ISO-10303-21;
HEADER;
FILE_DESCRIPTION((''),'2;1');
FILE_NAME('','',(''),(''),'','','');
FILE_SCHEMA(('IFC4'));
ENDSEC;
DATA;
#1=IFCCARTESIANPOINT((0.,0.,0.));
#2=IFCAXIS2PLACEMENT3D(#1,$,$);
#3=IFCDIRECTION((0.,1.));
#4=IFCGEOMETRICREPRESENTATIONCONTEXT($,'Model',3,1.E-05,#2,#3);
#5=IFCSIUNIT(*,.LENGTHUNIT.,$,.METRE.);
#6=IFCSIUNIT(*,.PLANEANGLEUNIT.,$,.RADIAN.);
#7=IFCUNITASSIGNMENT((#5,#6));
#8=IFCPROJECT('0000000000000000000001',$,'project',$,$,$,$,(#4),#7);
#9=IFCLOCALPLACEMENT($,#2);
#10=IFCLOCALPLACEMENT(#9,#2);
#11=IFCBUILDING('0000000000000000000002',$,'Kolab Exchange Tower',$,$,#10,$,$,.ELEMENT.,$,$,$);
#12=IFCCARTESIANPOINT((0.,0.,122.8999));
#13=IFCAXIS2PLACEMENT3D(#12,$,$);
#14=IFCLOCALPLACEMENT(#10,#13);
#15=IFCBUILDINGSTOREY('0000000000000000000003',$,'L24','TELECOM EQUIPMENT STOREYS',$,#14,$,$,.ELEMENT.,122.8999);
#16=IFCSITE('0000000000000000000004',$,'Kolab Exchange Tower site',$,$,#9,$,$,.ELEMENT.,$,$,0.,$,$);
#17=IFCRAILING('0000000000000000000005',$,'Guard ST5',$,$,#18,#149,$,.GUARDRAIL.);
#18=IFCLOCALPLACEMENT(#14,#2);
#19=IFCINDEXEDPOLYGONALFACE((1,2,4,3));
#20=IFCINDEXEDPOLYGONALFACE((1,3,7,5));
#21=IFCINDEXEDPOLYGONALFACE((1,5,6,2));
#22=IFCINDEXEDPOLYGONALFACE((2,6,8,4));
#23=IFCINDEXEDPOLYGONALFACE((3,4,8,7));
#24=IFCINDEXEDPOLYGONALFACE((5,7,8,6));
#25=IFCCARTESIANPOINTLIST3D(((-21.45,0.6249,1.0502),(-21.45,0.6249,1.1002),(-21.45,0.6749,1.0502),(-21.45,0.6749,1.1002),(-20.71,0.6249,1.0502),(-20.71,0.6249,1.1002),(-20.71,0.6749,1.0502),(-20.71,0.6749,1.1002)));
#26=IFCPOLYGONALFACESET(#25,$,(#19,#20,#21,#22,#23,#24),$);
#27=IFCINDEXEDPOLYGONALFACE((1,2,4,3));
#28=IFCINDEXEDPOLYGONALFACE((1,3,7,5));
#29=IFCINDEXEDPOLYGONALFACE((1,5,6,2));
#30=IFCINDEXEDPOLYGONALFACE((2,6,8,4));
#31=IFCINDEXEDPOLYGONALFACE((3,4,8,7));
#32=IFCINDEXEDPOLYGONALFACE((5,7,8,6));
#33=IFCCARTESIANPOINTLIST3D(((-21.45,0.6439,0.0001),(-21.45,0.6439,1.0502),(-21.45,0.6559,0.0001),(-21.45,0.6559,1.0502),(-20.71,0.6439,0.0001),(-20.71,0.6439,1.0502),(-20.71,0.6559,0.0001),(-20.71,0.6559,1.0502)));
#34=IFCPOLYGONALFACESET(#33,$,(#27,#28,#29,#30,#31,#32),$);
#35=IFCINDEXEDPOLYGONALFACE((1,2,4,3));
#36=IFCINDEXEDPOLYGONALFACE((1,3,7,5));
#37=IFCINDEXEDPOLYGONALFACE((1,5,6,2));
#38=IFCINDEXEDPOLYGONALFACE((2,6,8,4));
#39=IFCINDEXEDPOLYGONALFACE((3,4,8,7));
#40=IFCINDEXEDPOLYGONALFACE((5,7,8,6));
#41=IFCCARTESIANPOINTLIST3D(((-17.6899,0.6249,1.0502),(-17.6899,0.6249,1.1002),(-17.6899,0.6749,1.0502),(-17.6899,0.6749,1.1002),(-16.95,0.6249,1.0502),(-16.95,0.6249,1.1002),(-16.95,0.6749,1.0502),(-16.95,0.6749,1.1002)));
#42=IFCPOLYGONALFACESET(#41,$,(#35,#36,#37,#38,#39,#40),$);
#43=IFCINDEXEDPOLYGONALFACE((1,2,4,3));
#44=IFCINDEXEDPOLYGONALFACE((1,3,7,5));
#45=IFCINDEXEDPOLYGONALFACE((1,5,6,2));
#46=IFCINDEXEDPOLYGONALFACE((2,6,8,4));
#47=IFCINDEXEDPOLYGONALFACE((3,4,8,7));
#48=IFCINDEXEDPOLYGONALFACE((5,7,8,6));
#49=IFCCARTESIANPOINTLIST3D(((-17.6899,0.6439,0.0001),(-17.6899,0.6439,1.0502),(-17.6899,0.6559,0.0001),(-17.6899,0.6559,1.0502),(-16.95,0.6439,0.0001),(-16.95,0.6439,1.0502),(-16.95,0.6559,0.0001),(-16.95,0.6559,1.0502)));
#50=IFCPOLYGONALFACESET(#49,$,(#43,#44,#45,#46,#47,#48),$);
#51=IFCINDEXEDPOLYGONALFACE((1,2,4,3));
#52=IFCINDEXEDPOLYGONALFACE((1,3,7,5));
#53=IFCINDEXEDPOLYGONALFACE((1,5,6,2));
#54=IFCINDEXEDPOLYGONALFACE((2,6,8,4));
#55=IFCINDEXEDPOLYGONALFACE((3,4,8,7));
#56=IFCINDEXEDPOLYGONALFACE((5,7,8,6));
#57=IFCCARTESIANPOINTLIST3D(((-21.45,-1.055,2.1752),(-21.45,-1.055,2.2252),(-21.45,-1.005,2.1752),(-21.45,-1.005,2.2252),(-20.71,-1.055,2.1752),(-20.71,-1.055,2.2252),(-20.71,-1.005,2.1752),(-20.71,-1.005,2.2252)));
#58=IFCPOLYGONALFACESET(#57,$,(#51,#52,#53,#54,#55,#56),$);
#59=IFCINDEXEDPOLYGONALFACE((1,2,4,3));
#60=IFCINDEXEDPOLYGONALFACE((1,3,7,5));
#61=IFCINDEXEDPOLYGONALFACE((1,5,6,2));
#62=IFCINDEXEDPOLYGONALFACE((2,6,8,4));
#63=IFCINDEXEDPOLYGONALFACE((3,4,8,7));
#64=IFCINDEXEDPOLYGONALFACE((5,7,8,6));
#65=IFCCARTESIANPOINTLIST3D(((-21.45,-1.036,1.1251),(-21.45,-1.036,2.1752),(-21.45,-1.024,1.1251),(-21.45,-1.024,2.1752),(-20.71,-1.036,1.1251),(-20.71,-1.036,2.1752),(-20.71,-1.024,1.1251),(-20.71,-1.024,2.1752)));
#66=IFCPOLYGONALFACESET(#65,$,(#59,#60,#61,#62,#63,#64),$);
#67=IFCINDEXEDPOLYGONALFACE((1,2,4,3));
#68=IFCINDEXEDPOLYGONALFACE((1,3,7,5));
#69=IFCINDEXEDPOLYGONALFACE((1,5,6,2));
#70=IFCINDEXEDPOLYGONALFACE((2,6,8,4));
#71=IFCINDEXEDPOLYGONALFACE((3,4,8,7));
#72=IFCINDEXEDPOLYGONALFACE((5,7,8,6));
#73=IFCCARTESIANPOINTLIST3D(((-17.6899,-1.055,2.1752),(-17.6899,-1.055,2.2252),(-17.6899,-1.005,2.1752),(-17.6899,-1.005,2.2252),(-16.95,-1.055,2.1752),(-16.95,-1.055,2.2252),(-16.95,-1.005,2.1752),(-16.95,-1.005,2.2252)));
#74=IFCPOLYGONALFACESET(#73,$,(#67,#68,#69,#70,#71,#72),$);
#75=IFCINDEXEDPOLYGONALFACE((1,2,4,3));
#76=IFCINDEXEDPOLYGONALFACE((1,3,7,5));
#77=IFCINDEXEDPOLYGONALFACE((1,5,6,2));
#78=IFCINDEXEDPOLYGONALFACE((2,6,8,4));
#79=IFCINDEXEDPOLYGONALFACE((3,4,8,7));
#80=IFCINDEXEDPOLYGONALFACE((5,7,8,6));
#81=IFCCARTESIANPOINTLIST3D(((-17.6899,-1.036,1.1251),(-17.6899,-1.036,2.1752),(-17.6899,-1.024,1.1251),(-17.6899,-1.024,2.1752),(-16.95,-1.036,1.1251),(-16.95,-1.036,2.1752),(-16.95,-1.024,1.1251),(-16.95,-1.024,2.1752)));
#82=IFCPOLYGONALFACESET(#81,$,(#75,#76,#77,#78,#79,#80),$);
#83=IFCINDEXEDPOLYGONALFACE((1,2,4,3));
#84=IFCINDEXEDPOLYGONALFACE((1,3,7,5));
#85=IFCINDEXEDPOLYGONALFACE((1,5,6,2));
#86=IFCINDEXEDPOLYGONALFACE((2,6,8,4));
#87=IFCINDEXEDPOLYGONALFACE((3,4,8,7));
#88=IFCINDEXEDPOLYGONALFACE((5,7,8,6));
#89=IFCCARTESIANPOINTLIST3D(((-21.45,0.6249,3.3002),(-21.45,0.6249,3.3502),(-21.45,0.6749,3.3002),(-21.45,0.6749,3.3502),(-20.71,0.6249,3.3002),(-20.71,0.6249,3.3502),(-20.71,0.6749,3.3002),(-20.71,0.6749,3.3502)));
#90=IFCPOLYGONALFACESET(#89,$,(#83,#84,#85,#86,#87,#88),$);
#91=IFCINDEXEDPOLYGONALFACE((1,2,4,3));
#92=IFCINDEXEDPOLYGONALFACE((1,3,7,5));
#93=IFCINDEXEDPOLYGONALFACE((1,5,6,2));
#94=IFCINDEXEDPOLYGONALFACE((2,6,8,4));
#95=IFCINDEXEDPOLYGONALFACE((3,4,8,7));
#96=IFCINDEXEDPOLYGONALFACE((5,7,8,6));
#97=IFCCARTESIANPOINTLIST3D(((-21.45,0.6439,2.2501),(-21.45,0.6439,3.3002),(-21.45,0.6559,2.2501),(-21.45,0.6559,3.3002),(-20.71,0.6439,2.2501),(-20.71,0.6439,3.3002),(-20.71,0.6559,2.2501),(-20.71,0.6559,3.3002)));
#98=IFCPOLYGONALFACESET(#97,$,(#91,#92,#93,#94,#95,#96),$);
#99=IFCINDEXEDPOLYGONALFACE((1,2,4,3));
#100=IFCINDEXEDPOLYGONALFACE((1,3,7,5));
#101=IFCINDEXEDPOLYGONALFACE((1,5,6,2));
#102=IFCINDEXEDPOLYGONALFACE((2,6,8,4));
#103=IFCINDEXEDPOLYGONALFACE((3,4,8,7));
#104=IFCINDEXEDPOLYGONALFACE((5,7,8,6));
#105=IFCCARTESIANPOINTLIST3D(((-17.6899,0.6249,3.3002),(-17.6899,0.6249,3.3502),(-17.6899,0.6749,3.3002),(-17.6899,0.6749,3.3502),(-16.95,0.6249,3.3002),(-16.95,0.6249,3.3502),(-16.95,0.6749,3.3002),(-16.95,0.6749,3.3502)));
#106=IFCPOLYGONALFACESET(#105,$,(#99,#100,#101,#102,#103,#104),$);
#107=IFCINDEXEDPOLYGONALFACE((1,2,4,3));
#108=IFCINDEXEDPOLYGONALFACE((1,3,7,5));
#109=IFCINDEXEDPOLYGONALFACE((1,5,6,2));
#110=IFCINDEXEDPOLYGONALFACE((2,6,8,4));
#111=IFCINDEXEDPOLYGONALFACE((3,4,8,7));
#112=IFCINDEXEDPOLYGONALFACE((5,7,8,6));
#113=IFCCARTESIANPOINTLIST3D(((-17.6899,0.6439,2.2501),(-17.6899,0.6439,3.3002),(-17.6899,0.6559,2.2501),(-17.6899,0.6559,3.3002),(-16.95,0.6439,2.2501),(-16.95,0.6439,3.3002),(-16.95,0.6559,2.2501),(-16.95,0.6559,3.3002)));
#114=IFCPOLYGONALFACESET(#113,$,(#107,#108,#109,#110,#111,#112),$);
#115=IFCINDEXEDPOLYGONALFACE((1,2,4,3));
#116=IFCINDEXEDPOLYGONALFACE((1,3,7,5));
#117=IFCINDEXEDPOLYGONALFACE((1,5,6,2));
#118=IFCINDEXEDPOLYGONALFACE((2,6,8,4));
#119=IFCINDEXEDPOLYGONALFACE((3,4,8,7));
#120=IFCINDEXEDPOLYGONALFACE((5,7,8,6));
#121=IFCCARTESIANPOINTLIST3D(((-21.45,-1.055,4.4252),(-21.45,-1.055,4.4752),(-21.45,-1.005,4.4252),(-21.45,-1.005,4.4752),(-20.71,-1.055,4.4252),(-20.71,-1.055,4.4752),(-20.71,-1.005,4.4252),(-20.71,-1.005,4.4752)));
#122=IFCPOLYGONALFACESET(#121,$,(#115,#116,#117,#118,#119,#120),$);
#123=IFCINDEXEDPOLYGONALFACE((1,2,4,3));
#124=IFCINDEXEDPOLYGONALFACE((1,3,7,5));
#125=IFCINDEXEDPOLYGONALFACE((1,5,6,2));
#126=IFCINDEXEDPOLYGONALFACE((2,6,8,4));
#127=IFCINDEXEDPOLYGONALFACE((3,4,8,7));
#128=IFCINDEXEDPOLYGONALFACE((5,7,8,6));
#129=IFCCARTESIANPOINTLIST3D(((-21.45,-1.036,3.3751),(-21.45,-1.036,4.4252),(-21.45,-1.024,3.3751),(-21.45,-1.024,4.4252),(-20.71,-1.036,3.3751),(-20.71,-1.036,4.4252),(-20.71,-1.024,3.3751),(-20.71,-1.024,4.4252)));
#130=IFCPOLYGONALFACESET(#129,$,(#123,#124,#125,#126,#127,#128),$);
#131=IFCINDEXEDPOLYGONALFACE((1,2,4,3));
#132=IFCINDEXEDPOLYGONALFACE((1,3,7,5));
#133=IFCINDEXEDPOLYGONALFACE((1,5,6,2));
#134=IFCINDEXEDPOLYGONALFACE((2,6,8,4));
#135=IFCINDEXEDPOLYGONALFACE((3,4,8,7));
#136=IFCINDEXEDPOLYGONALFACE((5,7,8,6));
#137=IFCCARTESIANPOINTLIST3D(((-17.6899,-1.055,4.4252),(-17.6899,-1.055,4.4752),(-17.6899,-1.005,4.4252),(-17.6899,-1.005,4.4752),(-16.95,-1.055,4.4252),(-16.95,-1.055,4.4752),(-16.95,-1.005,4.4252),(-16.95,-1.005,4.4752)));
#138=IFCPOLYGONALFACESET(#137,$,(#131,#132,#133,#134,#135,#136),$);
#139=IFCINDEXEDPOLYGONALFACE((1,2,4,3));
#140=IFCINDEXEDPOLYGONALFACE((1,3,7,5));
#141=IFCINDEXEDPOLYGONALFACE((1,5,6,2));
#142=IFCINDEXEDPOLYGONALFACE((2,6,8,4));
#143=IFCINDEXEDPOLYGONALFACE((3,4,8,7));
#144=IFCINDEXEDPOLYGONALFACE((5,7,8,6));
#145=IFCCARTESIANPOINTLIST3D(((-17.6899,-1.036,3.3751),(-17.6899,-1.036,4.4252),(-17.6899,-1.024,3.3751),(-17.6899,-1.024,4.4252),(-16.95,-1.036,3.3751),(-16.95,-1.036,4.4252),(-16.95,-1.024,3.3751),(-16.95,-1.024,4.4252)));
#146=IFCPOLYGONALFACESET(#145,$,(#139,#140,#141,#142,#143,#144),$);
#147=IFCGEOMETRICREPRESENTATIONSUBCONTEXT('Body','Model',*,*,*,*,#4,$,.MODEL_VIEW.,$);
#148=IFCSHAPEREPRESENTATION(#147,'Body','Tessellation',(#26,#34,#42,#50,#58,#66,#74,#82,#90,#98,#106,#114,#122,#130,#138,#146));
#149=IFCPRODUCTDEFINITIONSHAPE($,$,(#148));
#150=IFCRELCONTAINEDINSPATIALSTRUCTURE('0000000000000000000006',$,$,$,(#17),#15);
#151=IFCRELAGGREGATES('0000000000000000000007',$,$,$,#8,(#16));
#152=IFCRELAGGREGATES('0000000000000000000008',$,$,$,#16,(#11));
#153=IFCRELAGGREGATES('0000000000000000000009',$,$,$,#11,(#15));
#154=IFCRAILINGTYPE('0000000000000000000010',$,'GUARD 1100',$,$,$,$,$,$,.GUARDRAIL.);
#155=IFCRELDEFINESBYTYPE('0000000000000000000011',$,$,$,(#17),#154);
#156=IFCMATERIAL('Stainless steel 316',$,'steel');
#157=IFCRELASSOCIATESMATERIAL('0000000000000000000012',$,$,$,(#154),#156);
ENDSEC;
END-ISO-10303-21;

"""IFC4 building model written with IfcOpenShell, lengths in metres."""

from ifc_helpers import new_model, si_unit, direction, frame, frame_2d, origin, origin_2d, place, context, subcontext, project, spatial, rectangle, extrude, material, type_object, element, save


model = new_model("IFC4")

# Units and contexts
model_context = context("Model", 3, precision=1e-05, world=origin(), true_north=direction((0.0, 1.0)))
body_context = subcontext(model_context, "Body", "Model", "MODEL_VIEW")
ifc_project = project(units=[si_unit("LENGTHUNIT", "METRE"), si_unit("PLANEANGLEUNIT", "RADIAN")], contexts=[model_context])

# Site, building, storey
site_placement = place(None, origin())
site = spatial("IfcSite", under=ifc_project, at=site_placement, Name="Kolab Exchange Tower site", CompositionType="ELEMENT", RefElevation=0.0)
building_placement = place(site_placement, origin())
building = spatial("IfcBuilding", under=site, at=building_placement, Name="Kolab Exchange Tower", CompositionType="ELEMENT")
storey_placement = place(building_placement, frame((0.0, 0.0, 122.8999)))
storey = spatial("IfcBuildingStorey", under=building, at=storey_placement, Name="L24", Description="TELECOM EQUIPMENT STOREYS", CompositionType="ELEMENT", Elevation=122.8999)

# Railing
ifc_material_1 = material(Name="Stainless steel 316", Category="steel")
railing_type = type_object("IfcRailingType", Name="GUARD 1100", PredefinedType="GUARDRAIL", material=ifc_material_1)
railing_placement = place(storey_placement, frame((-21.45, 0.6499, 0.0)))
element("IfcRailing", 1, at=railing_placement, inside=storey, type_object=railing_type, Name="Guard ST5", PredefinedType="GUARDRAIL", context=body_context, shape_type="SweptSolid", body=[
    extrude(rectangle(XDim=0.05, YDim=0.05, at=origin_2d()), frame((0.0, 0.0, 1.0752), z_axis=(1.0, 0.0, 0.0), x_axis=(0.0, 1.0, 0.0)), (0.0, 0.0, 1.0), 0.74),
    extrude(rectangle(XDim=0.012, YDim=1.0501, at=frame_2d((0.0, 0.5251))), frame((0.0, 0.0, 0.0), z_axis=(1.0, 0.0, 0.0), x_axis=(0.0, 1.0, 0.0)), (0.0, 0.0, 1.0), 0.74),
    extrude(rectangle(XDim=0.05, YDim=0.05, at=origin_2d()), frame((3.76, 0.0, 1.0752), z_axis=(1.0, 0.0, 0.0), x_axis=(0.0, 1.0, 0.0)), (0.0, 0.0, 1.0), 0.74),
    extrude(rectangle(XDim=0.012, YDim=1.0501, at=frame_2d((0.0, 0.5251))), frame((3.76, 0.0, 0.0), z_axis=(1.0, 0.0, 0.0), x_axis=(0.0, 1.0, 0.0)), (0.0, 0.0, 1.0), 0.74),
    extrude(rectangle(XDim=0.05, YDim=0.05, at=origin_2d()), frame((0.0, -1.6799, 2.2002), z_axis=(1.0, 0.0, 0.0), x_axis=(0.0, 1.0, 0.0)), (0.0, 0.0, 1.0), 0.74),
    extrude(rectangle(XDim=0.012, YDim=1.0501, at=frame_2d((0.0, 0.5251))), frame((0.0, -1.6799, 1.125), z_axis=(1.0, 0.0, 0.0), x_axis=(0.0, 1.0, 0.0)), (0.0, 0.0, 1.0), 0.74),
    extrude(rectangle(XDim=0.05, YDim=0.05, at=origin_2d()), frame((3.76, -1.6799, 2.2002), z_axis=(1.0, 0.0, 0.0), x_axis=(0.0, 1.0, 0.0)), (0.0, 0.0, 1.0), 0.74),
    extrude(rectangle(XDim=0.012, YDim=1.0501, at=frame_2d((0.0, 0.5251))), frame((3.76, -1.6799, 1.125), z_axis=(1.0, 0.0, 0.0), x_axis=(0.0, 1.0, 0.0)), (0.0, 0.0, 1.0), 0.74),
    extrude(rectangle(XDim=0.05, YDim=0.05, at=origin_2d()), frame((0.0, 0.0, 3.3252), z_axis=(1.0, 0.0, 0.0), x_axis=(0.0, 1.0, 0.0)), (0.0, 0.0, 1.0), 0.74),
    extrude(rectangle(XDim=0.012, YDim=1.0501, at=frame_2d((0.0, 0.5251))), frame((0.0, 0.0, 2.25), z_axis=(1.0, 0.0, 0.0), x_axis=(0.0, 1.0, 0.0)), (0.0, 0.0, 1.0), 0.74),
    extrude(rectangle(XDim=0.05, YDim=0.05, at=origin_2d()), frame((3.76, 0.0, 3.3252), z_axis=(1.0, 0.0, 0.0), x_axis=(0.0, 1.0, 0.0)), (0.0, 0.0, 1.0), 0.74),
    extrude(rectangle(XDim=0.012, YDim=1.0501, at=frame_2d((0.0, 0.5251))), frame((3.76, 0.0, 2.25), z_axis=(1.0, 0.0, 0.0), x_axis=(0.0, 1.0, 0.0)), (0.0, 0.0, 1.0), 0.74),
    extrude(rectangle(XDim=0.05, YDim=0.05, at=origin_2d()), frame((0.0, -1.6799, 4.4502), z_axis=(1.0, 0.0, 0.0), x_axis=(0.0, 1.0, 0.0)), (0.0, 0.0, 1.0), 0.74),
    extrude(rectangle(XDim=0.012, YDim=1.0501, at=frame_2d((0.0, 0.5251))), frame((0.0, -1.6799, 3.375), z_axis=(1.0, 0.0, 0.0), x_axis=(0.0, 1.0, 0.0)), (0.0, 0.0, 1.0), 0.74),
    extrude(rectangle(XDim=0.05, YDim=0.05, at=origin_2d()), frame((3.76, -1.6799, 4.4502), z_axis=(1.0, 0.0, 0.0), x_axis=(0.0, 1.0, 0.0)), (0.0, 0.0, 1.0), 0.74),
    extrude(rectangle(XDim=0.012, YDim=1.0501, at=frame_2d((0.0, 0.5251))), frame((3.76, -1.6799, 3.375), z_axis=(1.0, 0.0, 0.0), x_axis=(0.0, 1.0, 0.0)), (0.0, 0.0, 1.0), 0.74),
])

save(model, "model.ifc")
